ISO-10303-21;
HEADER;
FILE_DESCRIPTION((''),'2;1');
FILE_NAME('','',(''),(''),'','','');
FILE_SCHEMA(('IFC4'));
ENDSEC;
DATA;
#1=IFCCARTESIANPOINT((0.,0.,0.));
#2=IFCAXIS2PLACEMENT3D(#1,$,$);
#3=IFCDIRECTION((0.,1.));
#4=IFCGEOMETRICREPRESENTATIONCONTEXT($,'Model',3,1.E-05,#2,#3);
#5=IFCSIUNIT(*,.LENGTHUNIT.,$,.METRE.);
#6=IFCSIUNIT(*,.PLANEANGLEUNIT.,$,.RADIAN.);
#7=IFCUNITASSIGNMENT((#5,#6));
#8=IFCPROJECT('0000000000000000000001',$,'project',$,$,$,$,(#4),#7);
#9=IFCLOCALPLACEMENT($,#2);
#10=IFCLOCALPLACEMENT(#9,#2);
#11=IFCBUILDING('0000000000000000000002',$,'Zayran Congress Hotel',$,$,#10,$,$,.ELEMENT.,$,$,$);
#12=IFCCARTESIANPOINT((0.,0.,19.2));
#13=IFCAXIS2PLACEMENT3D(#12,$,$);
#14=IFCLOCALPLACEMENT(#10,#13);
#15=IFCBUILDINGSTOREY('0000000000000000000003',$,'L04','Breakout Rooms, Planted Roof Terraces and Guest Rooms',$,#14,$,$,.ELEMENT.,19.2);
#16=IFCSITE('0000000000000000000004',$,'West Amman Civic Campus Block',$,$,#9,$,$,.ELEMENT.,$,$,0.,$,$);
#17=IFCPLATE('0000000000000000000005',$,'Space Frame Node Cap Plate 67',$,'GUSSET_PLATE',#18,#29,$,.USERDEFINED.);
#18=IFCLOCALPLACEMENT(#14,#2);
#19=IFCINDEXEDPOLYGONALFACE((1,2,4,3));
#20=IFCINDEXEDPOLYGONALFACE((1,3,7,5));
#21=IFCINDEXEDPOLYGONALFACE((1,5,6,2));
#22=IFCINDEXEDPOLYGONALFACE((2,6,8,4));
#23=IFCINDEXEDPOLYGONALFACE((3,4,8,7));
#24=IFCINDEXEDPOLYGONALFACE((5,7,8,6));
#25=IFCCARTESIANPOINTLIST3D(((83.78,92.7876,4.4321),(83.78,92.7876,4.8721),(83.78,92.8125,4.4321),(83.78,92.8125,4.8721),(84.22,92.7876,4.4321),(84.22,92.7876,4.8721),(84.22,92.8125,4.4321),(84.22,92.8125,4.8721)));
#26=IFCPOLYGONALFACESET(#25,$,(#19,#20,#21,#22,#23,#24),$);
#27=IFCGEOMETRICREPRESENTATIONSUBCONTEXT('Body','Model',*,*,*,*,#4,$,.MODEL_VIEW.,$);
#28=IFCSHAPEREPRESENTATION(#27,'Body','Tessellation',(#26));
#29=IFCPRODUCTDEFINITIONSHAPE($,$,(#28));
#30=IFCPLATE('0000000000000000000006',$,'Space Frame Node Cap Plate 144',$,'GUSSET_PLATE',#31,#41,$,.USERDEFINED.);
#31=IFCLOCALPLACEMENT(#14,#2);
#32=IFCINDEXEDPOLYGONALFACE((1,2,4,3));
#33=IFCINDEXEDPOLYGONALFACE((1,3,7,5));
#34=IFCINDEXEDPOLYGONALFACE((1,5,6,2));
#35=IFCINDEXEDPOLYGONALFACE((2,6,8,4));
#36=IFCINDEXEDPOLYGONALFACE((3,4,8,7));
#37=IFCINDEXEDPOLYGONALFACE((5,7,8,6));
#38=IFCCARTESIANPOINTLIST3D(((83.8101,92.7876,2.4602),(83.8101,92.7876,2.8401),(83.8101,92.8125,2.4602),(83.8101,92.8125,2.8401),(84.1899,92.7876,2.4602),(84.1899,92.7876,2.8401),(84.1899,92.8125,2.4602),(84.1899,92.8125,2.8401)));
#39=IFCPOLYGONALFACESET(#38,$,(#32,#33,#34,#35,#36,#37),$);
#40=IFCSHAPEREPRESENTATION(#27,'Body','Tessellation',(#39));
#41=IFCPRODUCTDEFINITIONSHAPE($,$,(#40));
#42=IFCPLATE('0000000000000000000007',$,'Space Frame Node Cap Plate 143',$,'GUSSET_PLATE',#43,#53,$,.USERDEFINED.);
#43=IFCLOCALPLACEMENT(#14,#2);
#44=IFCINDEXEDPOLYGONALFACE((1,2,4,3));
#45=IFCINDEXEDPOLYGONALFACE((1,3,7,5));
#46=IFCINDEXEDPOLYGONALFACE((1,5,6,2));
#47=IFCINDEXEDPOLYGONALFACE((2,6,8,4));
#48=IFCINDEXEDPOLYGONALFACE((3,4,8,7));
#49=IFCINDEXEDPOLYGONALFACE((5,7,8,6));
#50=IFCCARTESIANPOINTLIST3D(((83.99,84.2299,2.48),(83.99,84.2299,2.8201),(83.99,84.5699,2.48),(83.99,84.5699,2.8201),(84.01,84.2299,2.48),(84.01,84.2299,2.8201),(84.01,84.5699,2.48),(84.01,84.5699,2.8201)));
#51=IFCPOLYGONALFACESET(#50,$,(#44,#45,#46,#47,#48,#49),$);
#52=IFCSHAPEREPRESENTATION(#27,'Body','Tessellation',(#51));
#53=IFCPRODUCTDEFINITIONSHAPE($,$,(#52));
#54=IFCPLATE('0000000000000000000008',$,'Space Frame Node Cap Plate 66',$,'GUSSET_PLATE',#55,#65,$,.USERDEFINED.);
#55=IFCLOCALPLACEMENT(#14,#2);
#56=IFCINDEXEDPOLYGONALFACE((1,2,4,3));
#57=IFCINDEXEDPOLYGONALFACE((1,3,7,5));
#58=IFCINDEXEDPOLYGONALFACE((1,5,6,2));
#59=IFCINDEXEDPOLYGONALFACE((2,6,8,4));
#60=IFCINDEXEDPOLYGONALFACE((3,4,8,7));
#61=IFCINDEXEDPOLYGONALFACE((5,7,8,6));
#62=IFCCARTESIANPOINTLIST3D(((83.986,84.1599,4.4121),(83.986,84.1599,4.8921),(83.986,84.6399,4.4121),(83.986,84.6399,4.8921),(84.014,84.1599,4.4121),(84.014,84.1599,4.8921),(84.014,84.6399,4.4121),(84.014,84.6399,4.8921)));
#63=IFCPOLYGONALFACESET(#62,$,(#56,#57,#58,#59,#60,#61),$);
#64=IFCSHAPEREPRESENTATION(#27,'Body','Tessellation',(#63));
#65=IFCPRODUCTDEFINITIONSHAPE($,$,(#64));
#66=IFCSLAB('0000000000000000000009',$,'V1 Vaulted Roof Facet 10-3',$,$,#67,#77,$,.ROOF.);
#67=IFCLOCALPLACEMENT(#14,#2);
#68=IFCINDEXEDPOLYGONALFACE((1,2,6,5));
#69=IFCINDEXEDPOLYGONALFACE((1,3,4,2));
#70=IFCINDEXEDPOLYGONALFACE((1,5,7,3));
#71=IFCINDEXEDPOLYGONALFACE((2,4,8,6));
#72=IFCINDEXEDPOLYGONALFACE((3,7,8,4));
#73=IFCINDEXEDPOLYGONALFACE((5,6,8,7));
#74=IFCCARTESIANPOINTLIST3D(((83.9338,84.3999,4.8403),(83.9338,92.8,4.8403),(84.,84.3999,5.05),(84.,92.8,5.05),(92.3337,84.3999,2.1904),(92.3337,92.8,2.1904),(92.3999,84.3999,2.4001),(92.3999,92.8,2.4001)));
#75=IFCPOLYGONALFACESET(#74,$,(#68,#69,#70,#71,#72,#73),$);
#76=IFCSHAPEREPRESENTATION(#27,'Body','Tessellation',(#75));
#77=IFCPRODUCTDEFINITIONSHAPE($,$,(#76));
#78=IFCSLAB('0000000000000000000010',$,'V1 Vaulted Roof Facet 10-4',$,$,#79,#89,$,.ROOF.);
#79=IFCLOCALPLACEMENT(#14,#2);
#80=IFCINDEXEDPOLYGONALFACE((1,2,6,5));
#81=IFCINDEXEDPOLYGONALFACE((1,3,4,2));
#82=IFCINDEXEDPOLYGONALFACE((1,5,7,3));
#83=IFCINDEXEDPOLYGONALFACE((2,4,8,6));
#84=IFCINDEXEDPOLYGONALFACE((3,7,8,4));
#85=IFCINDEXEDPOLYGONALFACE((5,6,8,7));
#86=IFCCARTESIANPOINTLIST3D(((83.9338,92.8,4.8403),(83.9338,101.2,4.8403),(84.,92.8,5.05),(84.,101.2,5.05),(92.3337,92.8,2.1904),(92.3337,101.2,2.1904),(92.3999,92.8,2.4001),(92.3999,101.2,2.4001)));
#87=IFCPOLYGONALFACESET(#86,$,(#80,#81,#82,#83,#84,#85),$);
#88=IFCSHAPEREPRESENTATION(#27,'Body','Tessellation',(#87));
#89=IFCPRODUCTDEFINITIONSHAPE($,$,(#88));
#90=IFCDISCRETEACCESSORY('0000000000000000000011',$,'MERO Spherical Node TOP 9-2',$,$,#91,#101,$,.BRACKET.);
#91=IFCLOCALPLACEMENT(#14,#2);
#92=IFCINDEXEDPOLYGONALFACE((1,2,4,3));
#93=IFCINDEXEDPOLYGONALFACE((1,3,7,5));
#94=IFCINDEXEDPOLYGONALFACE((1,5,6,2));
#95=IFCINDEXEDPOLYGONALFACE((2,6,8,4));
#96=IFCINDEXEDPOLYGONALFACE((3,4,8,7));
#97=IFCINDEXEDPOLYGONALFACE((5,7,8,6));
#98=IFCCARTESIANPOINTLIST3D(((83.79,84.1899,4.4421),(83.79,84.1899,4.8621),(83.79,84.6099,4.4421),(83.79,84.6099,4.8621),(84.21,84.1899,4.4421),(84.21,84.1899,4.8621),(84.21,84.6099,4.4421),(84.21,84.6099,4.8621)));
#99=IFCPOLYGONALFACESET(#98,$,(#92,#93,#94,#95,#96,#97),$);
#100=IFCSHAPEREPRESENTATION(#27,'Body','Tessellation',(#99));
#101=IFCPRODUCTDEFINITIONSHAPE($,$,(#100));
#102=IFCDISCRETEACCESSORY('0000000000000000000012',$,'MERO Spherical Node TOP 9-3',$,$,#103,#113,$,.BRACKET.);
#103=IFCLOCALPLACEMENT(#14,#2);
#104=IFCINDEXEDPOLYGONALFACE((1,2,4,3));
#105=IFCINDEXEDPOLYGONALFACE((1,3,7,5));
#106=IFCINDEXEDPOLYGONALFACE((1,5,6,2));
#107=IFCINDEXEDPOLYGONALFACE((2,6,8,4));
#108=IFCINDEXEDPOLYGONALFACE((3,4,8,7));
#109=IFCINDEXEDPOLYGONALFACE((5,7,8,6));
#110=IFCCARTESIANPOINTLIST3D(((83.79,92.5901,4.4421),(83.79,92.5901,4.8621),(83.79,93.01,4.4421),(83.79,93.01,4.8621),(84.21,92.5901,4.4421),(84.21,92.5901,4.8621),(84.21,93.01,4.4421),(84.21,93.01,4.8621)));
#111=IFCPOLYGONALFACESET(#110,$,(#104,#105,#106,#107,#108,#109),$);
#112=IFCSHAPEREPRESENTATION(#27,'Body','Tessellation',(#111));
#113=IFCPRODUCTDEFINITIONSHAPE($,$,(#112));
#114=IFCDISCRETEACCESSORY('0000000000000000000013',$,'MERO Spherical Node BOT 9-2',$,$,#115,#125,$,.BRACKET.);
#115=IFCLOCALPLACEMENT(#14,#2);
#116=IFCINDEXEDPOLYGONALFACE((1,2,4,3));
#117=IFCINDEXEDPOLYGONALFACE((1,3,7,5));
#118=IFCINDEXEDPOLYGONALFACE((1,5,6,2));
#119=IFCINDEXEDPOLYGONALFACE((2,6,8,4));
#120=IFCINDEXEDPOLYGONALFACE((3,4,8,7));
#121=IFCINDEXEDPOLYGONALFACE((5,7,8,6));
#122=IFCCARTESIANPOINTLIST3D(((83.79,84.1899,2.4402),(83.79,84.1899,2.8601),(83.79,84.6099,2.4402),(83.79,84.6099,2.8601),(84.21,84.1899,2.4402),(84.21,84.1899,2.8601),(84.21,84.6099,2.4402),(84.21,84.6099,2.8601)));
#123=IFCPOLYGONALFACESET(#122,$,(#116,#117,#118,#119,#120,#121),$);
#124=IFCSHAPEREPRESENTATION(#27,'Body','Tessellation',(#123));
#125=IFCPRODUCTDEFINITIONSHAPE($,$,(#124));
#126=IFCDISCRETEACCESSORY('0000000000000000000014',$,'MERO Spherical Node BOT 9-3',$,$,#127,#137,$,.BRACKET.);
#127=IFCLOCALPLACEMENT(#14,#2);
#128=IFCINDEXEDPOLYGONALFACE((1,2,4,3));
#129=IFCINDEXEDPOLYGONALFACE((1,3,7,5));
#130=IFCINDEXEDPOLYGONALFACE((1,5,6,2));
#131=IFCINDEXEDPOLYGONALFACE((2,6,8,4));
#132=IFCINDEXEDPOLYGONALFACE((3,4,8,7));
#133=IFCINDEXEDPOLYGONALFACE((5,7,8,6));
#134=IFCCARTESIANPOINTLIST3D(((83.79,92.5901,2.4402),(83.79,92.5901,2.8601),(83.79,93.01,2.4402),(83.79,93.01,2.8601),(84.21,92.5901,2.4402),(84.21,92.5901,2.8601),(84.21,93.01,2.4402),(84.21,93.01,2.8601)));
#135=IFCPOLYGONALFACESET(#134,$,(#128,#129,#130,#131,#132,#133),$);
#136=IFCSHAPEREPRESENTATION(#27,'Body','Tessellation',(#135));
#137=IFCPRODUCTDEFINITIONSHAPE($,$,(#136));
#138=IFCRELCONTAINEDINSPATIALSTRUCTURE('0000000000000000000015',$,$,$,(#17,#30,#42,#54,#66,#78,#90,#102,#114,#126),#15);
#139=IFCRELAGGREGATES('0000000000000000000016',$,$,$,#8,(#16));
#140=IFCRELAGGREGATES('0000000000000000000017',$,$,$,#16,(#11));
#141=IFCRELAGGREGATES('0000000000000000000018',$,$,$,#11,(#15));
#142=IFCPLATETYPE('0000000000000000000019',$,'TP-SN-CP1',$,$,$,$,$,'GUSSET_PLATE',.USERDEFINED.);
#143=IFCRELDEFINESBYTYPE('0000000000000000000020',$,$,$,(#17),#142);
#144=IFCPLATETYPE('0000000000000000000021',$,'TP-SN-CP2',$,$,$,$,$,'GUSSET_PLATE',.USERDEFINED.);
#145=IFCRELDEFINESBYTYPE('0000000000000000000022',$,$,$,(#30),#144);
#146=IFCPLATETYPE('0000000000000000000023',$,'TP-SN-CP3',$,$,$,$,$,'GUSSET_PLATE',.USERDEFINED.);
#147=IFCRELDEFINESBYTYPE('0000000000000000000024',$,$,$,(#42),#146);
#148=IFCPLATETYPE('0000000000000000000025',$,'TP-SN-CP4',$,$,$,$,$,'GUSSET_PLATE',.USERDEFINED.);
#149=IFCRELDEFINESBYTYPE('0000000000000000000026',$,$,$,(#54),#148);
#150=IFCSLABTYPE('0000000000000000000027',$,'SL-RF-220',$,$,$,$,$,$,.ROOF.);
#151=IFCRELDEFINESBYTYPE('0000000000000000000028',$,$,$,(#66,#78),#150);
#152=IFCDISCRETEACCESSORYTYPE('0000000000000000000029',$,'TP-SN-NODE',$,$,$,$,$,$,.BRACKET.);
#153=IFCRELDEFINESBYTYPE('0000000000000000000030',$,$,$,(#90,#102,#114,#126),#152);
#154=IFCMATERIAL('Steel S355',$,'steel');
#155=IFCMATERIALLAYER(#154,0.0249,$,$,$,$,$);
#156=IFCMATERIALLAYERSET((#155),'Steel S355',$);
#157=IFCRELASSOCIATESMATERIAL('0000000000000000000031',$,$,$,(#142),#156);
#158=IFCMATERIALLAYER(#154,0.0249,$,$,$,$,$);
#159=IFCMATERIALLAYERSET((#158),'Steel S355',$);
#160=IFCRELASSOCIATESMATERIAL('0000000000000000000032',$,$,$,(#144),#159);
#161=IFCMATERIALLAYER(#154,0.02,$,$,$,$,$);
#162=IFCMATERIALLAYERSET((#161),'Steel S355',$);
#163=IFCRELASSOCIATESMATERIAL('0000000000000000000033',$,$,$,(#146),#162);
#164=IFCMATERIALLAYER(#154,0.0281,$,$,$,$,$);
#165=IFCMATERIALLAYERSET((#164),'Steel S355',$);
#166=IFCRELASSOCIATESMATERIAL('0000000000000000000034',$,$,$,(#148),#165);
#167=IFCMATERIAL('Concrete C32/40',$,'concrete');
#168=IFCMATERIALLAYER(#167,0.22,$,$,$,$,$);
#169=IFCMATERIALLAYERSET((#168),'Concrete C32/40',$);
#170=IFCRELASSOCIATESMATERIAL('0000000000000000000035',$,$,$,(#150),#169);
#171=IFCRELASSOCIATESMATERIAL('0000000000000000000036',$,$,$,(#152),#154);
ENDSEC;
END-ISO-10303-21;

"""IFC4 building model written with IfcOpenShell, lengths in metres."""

from ifc_helpers import new_model, si_unit, direction, frame, origin, origin_2d, place, context, subcontext, project, spatial, polyline, rectangle, outline, extrude, material, layer, layer_set, type_object, element, save


model = new_model("IFC4")

# Units and contexts
model_context = context("Model", 3, precision=1e-05, world=origin(), true_north=direction((0.0, 1.0)))
body_context = subcontext(model_context, "Body", "Model", "MODEL_VIEW")
ifc_project = project(units=[si_unit("LENGTHUNIT", "METRE"), si_unit("PLANEANGLEUNIT", "RADIAN")], contexts=[model_context])

# Site, building, storey
site_placement = place(None, origin())
site = spatial("IfcSite", under=ifc_project, at=site_placement, Name="West Amman Civic Campus Block", CompositionType="ELEMENT", RefElevation=0.0)
building_placement = place(site_placement, origin())
building = spatial("IfcBuilding", under=site, at=building_placement, Name="Zayran Congress Hotel", CompositionType="ELEMENT")
storey_placement = place(building_placement, frame((0.0, 0.0, 19.2)))
storey = spatial("IfcBuildingStorey", under=building, at=storey_placement, Name="L04", Description="Breakout Rooms, Planted Roof Terraces and Guest Rooms", CompositionType="ELEMENT", Elevation=19.2)

# Shared definitions
ifc_material_1 = material(Name="Steel S355", Category="steel")

# Plates
ifc_layer_1 = layer(ifc_material_1, 0.0249)
ifc_layer_set_1 = layer_set([ifc_layer_1], Name="Steel S355")
plate_type_1 = type_object("IfcPlateType", Name="TP-SN-CP1", ElementType="GUSSET_PLATE", PredefinedType="USERDEFINED", material=ifc_layer_set_1)
plate_1_placement = place(storey_placement, frame((84.0, 92.8, 4.4321), z_axis=(0.0, 0.0, 1.0), x_axis=(1.0, 0.0, 0.0)))
element("IfcPlate", 1, at=plate_1_placement, inside=storey, type_object=plate_type_1, Name="Space Frame Node Cap Plate 67", ObjectType="GUSSET_PLATE", PredefinedType="USERDEFINED", context=body_context, shape_type="SweptSolid", body=[
    extrude(rectangle(XDim=0.4399, YDim=0.0249, at=origin_2d()), origin(), (0.0, 0.0, 1.0), 0.4399),
])
ifc_layer_2 = layer(ifc_material_1, 0.0249)
ifc_layer_set_2 = layer_set([ifc_layer_2], Name="Steel S355")
plate_type_2 = type_object("IfcPlateType", Name="TP-SN-CP2", ElementType="GUSSET_PLATE", PredefinedType="USERDEFINED", material=ifc_layer_set_2)
plate_2_placement = place(storey_placement, frame((84.0, 92.8, 2.4602), z_axis=(0.0, 0.0, 1.0), x_axis=(1.0, 0.0, 0.0)))
element("IfcPlate", 2, at=plate_2_placement, inside=storey, type_object=plate_type_2, Name="Space Frame Node Cap Plate 144", ObjectType="GUSSET_PLATE", PredefinedType="USERDEFINED", context=body_context, shape_type="SweptSolid", body=[
    extrude(rectangle(XDim=0.3799, YDim=0.0249, at=origin_2d()), origin(), (0.0, 0.0, 1.0), 0.3799),
])
ifc_layer_3 = layer(ifc_material_1, 0.02)
ifc_layer_set_3 = layer_set([ifc_layer_3], Name="Steel S355")
plate_type_3 = type_object("IfcPlateType", Name="TP-SN-CP3", ElementType="GUSSET_PLATE", PredefinedType="USERDEFINED", material=ifc_layer_set_3)
plate_3_placement = place(storey_placement, frame((84.0, 84.3999, 2.48), z_axis=(0.0, 0.0, 1.0), x_axis=(0.0, 1.0, 0.0)))
element("IfcPlate", 3, at=plate_3_placement, inside=storey, type_object=plate_type_3, Name="Space Frame Node Cap Plate 143", ObjectType="GUSSET_PLATE", PredefinedType="USERDEFINED", context=body_context, shape_type="SweptSolid", body=[
    extrude(rectangle(XDim=0.3401, YDim=0.02, at=origin_2d()), origin(), (0.0, 0.0, 1.0), 0.3401),
])
ifc_layer_4 = layer(ifc_material_1, 0.0281)
ifc_layer_set_4 = layer_set([ifc_layer_4], Name="Steel S355")
plate_type_4 = type_object("IfcPlateType", Name="TP-SN-CP4", ElementType="GUSSET_PLATE", PredefinedType="USERDEFINED", material=ifc_layer_set_4)
plate_4_placement = place(storey_placement, frame((84.0, 84.3999, 4.4121), z_axis=(0.0, 0.0, 1.0), x_axis=(0.0, 1.0, 0.0)))
element("IfcPlate", 4, at=plate_4_placement, inside=storey, type_object=plate_type_4, Name="Space Frame Node Cap Plate 66", ObjectType="GUSSET_PLATE", PredefinedType="USERDEFINED", context=body_context, shape_type="SweptSolid", body=[
    extrude(rectangle(XDim=0.48, YDim=0.0281, at=origin_2d()), origin(), (0.0, 0.0, 1.0), 0.48),
])

# Slabs
ifc_material_2 = material(Name="Concrete C32/40", Category="concrete")
ifc_layer_5 = layer(ifc_material_2, 0.22)
ifc_layer_set_5 = layer_set([ifc_layer_5], Name="Concrete C32/40")
slab_type = type_object("IfcSlabType", Name="SL-RF-220", PredefinedType="ROOF", material=ifc_layer_set_5)
slab_1_placement = place(storey_placement, frame((84.0, 84.3999, 5.05), z_axis=(0.300853, 0.0, 0.953671), x_axis=(0.953671, 0.0, -0.300853)))
element("IfcSlab", 5, at=slab_1_placement, inside=storey, type_object=slab_type, Name="V1 Vaulted Roof Facet 10-3", PredefinedType="ROOF", context=body_context, shape_type="SweptSolid", body=[
    extrude(outline(polyline([(0.0, 0.0), (8.808, 0.0), (8.808, 8.4001), (0.0, 8.4001), (0.0, 0.0)])), origin(), (0.0, 0.0, -1.0), 0.22),
])
slab_2_placement = place(storey_placement, frame((84.0, 92.8, 5.05), z_axis=(0.300853, 0.0, 0.953671), x_axis=(0.953671, 0.0, -0.300853)))
element("IfcSlab", 6, at=slab_2_placement, inside=storey, type_object=slab_type, Name="V1 Vaulted Roof Facet 10-4", PredefinedType="ROOF", context=body_context, shape_type="SweptSolid", body=[
    extrude(outline(polyline([(0.0, 0.0), (8.808, 0.0), (8.808, 8.3999), (0.0, 8.3999), (0.0, 0.0)])), origin(), (0.0, 0.0, -1.0), 0.22),
])

# Discrete accessories
discrete_accessory_type = type_object("IfcDiscreteAccessoryType", Name="TP-SN-NODE", PredefinedType="BRACKET", material=ifc_material_1)
for number, where, z_axis, x_axis, name in (
    (7, (84.0, 84.3999, 4.4421), (0.0, 0.0, 1.0), (1.0, 0.0, 0.0), "MERO Spherical Node TOP 9-2"),
    (8, (84.0, 92.8, 4.4421), (0.0, 0.0, 1.0), (1.0, 0.0, 0.0), "MERO Spherical Node TOP 9-3"),
    (9, (84.0, 84.3999, 2.4402), (0.0, 0.0, 1.0), (1.0, 0.0, 0.0), "MERO Spherical Node BOT 9-2"),
    (10, (84.0, 92.8, 2.4402), (0.0, 0.0, 1.0), (1.0, 0.0, 0.0), "MERO Spherical Node BOT 9-3"),
):
    element("IfcDiscreteAccessory", number, at=place(storey_placement, frame(where, z_axis=z_axis, x_axis=x_axis)), inside=storey, type_object=discrete_accessory_type, Name=name, PredefinedType="BRACKET", context=body_context, shape_type="SweptSolid", body=[
        extrude(rectangle(XDim=0.4199, YDim=0.4199, at=origin_2d()), origin(), (0.0, 0.0, 1.0), 0.4199),
    ])

save(model, "model.ifc")
